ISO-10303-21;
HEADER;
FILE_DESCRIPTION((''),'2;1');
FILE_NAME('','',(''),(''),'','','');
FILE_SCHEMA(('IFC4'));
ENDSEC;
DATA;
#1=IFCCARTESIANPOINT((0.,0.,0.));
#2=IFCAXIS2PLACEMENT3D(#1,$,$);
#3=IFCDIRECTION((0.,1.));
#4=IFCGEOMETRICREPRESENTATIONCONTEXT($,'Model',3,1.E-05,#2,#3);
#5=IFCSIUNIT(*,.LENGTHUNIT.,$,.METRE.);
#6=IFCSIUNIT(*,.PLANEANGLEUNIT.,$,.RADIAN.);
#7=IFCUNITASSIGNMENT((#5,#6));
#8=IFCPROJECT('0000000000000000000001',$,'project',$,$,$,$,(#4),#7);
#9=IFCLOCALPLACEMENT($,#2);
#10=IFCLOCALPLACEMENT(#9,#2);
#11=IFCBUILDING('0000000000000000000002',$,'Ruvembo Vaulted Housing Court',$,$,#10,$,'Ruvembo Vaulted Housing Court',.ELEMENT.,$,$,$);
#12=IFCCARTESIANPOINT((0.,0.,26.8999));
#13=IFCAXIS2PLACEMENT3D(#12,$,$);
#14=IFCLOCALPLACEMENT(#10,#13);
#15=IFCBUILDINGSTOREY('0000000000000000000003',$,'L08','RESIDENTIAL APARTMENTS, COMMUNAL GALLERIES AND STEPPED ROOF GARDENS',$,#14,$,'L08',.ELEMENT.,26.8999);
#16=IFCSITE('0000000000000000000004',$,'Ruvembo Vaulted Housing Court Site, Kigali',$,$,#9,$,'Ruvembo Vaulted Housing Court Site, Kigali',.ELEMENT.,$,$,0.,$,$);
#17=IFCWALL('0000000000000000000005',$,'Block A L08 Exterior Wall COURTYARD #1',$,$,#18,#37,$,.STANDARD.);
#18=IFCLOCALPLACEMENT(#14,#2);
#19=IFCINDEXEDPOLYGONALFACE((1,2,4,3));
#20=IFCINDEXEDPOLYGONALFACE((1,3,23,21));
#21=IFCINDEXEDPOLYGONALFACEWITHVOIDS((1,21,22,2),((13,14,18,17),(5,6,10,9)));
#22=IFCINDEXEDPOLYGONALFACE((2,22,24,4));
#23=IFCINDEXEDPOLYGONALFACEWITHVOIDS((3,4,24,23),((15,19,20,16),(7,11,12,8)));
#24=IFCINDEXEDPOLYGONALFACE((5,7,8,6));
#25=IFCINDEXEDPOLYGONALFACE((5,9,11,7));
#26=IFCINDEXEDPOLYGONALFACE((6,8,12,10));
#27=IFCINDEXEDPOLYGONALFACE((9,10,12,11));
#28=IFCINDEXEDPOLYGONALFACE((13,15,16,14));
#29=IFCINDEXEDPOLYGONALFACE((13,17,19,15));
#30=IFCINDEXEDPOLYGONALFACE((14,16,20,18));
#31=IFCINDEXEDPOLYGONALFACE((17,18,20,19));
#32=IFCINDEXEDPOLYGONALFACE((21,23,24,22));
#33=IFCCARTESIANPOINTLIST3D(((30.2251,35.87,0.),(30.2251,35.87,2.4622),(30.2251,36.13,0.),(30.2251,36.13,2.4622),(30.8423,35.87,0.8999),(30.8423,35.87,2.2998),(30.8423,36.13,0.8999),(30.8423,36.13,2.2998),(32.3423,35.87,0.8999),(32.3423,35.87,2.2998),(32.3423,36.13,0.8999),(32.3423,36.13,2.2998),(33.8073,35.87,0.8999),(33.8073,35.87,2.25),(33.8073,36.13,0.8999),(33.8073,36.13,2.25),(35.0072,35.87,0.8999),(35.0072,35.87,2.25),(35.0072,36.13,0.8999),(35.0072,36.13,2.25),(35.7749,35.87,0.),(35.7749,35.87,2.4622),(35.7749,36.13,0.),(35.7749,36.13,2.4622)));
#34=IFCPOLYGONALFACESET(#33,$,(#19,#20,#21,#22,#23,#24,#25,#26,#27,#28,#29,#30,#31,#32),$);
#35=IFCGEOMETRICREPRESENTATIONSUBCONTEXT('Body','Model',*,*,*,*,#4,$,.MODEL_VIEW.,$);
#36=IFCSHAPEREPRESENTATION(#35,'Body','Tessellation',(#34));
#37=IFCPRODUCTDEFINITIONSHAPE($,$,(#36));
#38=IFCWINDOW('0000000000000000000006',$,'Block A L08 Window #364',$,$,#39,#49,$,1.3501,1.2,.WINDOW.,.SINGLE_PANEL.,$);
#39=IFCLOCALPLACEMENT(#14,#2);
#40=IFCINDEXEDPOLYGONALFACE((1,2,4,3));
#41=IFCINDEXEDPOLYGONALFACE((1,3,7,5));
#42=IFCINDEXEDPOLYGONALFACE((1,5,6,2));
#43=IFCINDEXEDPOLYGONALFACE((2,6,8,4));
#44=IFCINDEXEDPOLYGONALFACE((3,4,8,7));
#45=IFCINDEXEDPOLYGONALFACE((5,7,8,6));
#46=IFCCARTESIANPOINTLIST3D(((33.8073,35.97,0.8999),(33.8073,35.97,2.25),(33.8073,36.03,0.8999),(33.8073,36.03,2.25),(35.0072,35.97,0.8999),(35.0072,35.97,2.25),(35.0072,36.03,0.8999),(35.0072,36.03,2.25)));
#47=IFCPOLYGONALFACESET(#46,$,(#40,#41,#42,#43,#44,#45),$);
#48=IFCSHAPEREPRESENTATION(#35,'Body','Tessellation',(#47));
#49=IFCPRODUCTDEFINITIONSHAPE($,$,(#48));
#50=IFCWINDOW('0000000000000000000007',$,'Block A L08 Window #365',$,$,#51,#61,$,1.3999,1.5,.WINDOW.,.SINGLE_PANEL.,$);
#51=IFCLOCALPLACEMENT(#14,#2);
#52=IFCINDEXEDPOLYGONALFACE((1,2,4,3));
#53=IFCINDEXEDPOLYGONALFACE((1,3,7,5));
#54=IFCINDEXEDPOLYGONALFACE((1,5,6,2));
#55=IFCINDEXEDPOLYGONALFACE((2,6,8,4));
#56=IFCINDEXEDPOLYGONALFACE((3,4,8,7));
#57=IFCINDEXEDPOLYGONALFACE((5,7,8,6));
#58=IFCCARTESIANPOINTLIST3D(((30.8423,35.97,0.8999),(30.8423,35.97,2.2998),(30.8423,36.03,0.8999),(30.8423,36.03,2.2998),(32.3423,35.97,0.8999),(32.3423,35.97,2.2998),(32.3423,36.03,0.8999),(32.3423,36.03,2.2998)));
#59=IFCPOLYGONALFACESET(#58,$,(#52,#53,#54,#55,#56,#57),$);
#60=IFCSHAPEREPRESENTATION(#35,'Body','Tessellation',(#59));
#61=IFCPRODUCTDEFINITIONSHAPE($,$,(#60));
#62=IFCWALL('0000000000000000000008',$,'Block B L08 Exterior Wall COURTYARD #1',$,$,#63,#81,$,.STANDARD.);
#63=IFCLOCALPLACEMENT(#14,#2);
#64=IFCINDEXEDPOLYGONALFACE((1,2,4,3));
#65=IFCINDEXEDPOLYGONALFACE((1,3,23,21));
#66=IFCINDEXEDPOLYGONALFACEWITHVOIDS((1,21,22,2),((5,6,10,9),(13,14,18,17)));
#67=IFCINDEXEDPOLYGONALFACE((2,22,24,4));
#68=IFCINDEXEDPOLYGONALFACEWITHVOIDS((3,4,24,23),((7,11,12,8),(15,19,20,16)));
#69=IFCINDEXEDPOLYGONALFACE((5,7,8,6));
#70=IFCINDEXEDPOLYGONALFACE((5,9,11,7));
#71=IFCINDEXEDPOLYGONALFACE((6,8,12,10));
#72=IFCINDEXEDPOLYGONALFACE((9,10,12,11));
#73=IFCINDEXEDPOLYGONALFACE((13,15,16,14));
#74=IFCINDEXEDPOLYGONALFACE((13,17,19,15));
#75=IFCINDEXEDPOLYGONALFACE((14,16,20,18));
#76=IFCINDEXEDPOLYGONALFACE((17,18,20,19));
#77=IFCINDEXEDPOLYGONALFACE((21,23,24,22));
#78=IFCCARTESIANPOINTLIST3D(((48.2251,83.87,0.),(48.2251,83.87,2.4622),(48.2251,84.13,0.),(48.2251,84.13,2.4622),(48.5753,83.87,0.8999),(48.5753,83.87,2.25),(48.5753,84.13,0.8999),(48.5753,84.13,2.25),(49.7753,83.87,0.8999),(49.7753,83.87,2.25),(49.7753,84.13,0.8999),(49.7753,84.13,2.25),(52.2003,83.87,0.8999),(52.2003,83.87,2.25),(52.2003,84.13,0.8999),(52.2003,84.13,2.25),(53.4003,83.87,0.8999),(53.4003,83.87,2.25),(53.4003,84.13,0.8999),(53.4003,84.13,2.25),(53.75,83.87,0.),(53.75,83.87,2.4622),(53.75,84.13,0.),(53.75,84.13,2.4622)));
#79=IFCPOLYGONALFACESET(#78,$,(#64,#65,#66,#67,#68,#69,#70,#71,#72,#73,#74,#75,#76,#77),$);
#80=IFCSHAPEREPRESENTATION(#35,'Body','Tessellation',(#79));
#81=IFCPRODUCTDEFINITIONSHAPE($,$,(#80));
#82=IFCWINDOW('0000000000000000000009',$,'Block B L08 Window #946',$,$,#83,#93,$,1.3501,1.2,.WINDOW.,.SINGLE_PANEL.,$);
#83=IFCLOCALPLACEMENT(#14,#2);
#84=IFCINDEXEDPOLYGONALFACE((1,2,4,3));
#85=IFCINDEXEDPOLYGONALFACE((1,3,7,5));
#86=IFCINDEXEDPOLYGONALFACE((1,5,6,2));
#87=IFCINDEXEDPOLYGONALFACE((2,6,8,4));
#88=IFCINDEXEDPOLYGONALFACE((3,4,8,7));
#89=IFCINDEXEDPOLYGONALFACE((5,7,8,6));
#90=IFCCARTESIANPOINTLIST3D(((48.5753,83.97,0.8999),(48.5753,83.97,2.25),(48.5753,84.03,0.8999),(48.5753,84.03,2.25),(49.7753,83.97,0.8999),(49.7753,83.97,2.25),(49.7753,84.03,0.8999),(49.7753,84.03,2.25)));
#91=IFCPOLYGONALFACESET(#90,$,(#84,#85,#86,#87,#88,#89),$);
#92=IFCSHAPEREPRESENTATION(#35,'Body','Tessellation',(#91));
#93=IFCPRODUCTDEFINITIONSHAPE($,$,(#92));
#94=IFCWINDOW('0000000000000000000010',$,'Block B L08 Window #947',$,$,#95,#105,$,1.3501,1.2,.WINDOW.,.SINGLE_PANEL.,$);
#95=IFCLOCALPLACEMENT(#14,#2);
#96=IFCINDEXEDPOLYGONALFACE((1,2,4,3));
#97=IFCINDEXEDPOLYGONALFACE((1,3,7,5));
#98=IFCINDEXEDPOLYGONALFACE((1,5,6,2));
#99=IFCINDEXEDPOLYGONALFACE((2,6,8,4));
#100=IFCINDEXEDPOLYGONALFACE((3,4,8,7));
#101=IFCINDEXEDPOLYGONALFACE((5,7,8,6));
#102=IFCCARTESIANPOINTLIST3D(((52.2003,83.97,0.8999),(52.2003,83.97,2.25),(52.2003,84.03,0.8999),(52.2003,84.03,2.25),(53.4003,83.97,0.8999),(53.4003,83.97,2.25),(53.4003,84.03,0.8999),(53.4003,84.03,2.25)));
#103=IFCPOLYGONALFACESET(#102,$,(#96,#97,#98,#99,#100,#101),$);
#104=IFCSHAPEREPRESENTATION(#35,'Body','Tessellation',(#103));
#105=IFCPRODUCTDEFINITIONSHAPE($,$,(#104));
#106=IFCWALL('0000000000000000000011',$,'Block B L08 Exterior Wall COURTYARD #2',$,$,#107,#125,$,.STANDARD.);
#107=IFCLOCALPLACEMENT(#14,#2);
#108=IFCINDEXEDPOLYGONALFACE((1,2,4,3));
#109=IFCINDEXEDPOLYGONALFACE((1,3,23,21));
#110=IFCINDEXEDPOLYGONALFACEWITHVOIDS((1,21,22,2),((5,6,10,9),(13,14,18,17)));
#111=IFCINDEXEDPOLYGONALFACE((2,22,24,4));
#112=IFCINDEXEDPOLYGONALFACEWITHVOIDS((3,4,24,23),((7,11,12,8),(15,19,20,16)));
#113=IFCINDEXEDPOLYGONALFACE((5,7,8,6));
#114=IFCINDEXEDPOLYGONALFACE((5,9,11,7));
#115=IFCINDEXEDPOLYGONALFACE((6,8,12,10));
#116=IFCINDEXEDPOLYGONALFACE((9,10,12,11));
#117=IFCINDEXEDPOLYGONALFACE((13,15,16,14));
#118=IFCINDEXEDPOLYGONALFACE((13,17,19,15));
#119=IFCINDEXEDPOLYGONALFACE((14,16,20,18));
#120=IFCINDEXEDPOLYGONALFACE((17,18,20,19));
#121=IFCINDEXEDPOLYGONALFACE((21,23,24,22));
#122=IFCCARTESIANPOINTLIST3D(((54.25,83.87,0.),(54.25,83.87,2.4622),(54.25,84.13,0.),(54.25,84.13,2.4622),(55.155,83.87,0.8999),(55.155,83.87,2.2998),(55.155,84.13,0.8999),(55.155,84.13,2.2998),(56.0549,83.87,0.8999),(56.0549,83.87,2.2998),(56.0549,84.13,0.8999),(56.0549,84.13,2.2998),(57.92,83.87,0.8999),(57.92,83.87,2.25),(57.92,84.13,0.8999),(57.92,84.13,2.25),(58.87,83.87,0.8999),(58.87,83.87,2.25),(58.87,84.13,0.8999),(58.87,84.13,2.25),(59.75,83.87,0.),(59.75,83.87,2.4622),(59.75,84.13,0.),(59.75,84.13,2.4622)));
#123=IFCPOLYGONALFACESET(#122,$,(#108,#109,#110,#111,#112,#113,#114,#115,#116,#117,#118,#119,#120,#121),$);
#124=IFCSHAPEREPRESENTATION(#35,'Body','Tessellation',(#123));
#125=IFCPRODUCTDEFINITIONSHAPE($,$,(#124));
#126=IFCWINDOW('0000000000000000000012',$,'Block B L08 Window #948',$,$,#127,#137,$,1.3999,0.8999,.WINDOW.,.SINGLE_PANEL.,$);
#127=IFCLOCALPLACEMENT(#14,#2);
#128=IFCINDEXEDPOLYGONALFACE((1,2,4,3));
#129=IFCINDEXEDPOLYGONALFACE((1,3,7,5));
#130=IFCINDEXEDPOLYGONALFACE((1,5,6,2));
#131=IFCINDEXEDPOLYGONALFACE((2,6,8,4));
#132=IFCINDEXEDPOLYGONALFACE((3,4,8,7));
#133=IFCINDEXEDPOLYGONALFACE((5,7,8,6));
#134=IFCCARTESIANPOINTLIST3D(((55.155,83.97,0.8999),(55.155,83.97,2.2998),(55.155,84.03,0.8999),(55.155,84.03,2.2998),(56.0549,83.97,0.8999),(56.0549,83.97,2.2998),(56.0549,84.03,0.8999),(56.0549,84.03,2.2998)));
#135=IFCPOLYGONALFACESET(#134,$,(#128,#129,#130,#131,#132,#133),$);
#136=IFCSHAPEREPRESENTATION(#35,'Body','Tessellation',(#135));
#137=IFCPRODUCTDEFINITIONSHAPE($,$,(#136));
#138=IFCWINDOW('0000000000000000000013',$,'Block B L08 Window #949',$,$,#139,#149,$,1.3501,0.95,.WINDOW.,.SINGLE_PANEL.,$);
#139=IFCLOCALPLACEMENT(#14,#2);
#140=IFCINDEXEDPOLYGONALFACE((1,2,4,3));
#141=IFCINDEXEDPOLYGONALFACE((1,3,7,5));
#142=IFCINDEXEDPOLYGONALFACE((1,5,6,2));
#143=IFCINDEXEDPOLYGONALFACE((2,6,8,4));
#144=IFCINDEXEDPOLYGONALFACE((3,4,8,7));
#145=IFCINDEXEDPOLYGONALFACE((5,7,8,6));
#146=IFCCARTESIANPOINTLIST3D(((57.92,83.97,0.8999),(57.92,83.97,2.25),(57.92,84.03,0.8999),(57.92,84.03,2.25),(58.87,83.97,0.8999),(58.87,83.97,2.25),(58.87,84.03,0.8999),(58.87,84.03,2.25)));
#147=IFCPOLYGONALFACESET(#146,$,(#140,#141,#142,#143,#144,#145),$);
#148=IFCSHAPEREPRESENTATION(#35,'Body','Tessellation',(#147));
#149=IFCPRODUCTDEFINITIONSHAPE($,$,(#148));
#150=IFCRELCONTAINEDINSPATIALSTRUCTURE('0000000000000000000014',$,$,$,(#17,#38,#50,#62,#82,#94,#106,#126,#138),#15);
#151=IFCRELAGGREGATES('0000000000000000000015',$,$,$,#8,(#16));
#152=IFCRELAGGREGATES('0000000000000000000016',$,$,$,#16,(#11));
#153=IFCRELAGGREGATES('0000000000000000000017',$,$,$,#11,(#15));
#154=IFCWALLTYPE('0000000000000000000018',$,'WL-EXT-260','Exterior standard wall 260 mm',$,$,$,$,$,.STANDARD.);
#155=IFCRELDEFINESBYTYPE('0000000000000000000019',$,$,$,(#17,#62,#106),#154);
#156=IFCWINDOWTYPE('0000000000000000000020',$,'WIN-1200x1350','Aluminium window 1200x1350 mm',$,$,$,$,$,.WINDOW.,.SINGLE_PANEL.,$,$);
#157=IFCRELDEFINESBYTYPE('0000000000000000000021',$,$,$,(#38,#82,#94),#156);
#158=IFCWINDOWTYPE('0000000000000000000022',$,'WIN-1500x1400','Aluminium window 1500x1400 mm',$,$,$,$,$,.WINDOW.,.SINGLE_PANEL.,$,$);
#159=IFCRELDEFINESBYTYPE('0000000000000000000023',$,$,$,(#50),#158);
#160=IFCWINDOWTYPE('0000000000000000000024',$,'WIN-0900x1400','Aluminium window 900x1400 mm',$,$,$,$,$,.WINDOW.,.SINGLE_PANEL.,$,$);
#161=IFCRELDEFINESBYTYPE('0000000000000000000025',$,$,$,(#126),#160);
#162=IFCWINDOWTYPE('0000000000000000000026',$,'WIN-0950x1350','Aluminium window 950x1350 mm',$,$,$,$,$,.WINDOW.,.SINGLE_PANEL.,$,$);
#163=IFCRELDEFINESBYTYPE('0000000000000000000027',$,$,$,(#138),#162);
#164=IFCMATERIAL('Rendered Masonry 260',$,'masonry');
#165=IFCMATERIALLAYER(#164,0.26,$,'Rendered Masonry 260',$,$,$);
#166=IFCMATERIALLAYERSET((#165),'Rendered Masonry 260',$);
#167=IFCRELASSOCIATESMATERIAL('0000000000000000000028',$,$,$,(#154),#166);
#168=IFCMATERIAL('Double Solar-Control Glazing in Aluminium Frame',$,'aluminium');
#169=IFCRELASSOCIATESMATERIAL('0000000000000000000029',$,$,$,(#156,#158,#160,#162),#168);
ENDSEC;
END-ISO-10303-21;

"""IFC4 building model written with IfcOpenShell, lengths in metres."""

from ifc_helpers import new_model, si_unit, direction, frame, frame_2d, origin, place, context, subcontext, project, spatial, rectangle, extrude, material, layer, layer_set, type_object, element, fill, save


model = new_model("IFC4")

# Units and contexts
model_context = context("Model", 3, precision=1e-05, world=origin(), true_north=direction((0.0, 1.0)))
body_context = subcontext(model_context, "Body", "Model", "MODEL_VIEW")
ifc_project = project(units=[si_unit("LENGTHUNIT", "METRE"), si_unit("PLANEANGLEUNIT", "RADIAN")], contexts=[model_context])

# Site, building, storey
site_placement = place(None, origin())
site = spatial("IfcSite", under=ifc_project, at=site_placement, Name="Ruvembo Vaulted Housing Court Site, Kigali", LongName="Ruvembo Vaulted Housing Court Site, Kigali", CompositionType="ELEMENT", RefElevation=0.0)
building_placement = place(site_placement, origin())
building = spatial("IfcBuilding", under=site, at=building_placement, Name="Ruvembo Vaulted Housing Court", LongName="Ruvembo Vaulted Housing Court", CompositionType="ELEMENT")
storey_placement = place(building_placement, frame((0.0, 0.0, 26.8999)))
storey = spatial("IfcBuildingStorey", under=building, at=storey_placement, Name="L08", Description="RESIDENTIAL APARTMENTS, COMMUNAL GALLERIES AND STEPPED ROOF GARDENS", LongName="L08", CompositionType="ELEMENT", Elevation=26.8999)

# Walls, openings, windows
ifc_material_1 = material(Name="Rendered Masonry 260", Category="masonry")
ifc_layer_1 = layer(ifc_material_1, 0.26, Name="Rendered Masonry 260")
ifc_layer_set_1 = layer_set([ifc_layer_1], Name="Rendered Masonry 260")
wall_type_1 = type_object("IfcWallType", Name="WL-EXT-260", Description="Exterior standard wall 260 mm", PredefinedType="STANDARD", material=ifc_layer_set_1)
wall_1_placement = place(storey_placement, frame((35.7749, 36.0, 0.0), z_axis=(0.0, 0.0, 1.0), x_axis=(-1.0, 0.0, 0.0)))
wall_1 = element("IfcWall", 1, at=wall_1_placement, inside=storey, type_object=wall_type_1, Name="Block A L08 Exterior Wall COURTYARD #1", PredefinedType="STANDARD", context=body_context, shape_type="SweptSolid", body=[
    extrude(rectangle(XDim=5.5498, YDim=0.26, at=frame_2d((2.7749, 0.0))), origin(), (0.0, 0.0, 1.0), 2.4622),
])
opening_1_placement = place(wall_1_placement, frame((0.7676, 0.0, 0.8999)))
opening_1 = element("IfcOpeningElement", 2, at=opening_1_placement, cuts=wall_1, PredefinedType="OPENING", context=body_context, shape_type="SweptSolid", body=[
    extrude(rectangle(XDim=1.2, YDim=1.3501, at=frame_2d((0.6001, 0.675))), frame((0.0, 0.1399, 0.0), z_axis=(0.0, -1.0, 0.0), x_axis=(1.0, 0.0, 0.0)), (0.0, 0.0, 1.0), 0.28),
])
opening_2_placement = place(wall_1_placement, frame((3.4326, 0.0, 0.8999)))
opening_2 = element("IfcOpeningElement", 3, at=opening_2_placement, cuts=wall_1, PredefinedType="OPENING", context=body_context, shape_type="SweptSolid", body=[
    extrude(rectangle(XDim=1.5, YDim=1.3999, at=frame_2d((0.75, 0.7))), frame((0.0, 0.1399, 0.0), z_axis=(0.0, -1.0, 0.0), x_axis=(1.0, 0.0, 0.0)), (0.0, 0.0, 1.0), 0.28),
])
ifc_material_2 = material(Name="Double Solar-Control Glazing in Aluminium Frame", Category="aluminium")
window_type_1 = type_object("IfcWindowType", Name="WIN-1200x1350", Description="Aluminium window 1200x1350 mm", PartitioningType="SINGLE_PANEL", PredefinedType="WINDOW", material=ifc_material_2)
window_1_placement = place(opening_1_placement, origin())
window_1 = element("IfcWindow", 4, at=window_1_placement, inside=storey, type_object=window_type_1, Name="Block A L08 Window #364", OverallHeight=1.3501, OverallWidth=1.2, PartitioningType="SINGLE_PANEL", PredefinedType="WINDOW", context=body_context, shape_type="SweptSolid", body=[
    extrude(rectangle(XDim=1.2, YDim=1.3501, at=frame_2d((0.6001, 0.675))), frame((0.0, 0.03, 0.0), z_axis=(0.0, -1.0, 0.0), x_axis=(1.0, 0.0, 0.0)), (0.0, 0.0, 1.0), 0.0601),
])
fill(opening_1, window_1)
window_type_2 = type_object("IfcWindowType", Name="WIN-1500x1400", Description="Aluminium window 1500x1400 mm", PartitioningType="SINGLE_PANEL", PredefinedType="WINDOW", material=ifc_material_2)
window_2_placement = place(opening_2_placement, origin())
window_2 = element("IfcWindow", 5, at=window_2_placement, inside=storey, type_object=window_type_2, Name="Block A L08 Window #365", OverallHeight=1.3999, OverallWidth=1.5, PartitioningType="SINGLE_PANEL", PredefinedType="WINDOW", context=body_context, shape_type="SweptSolid", body=[
    extrude(rectangle(XDim=1.5, YDim=1.3999, at=frame_2d((0.75, 0.7))), frame((0.0, 0.03, 0.0), z_axis=(0.0, -1.0, 0.0), x_axis=(1.0, 0.0, 0.0)), (0.0, 0.0, 1.0), 0.0601),
])
fill(opening_2, window_2)
wall_2_placement = place(storey_placement, frame((48.2251, 84.0, 0.0), z_axis=(0.0, 0.0, 1.0), x_axis=(1.0, 0.0, 0.0)))
wall_2 = element("IfcWall", 6, at=wall_2_placement, inside=storey, type_object=wall_type_1, Name="Block B L08 Exterior Wall COURTYARD #1", PredefinedType="STANDARD", context=body_context, shape_type="SweptSolid", body=[
    extrude(rectangle(XDim=5.5249, YDim=0.26, at=frame_2d((2.7625, 0.0))), origin(), (0.0, 0.0, 1.0), 2.4622),
])
opening_3_placement = place(wall_2_placement, frame((0.3501, 0.0, 0.8999)))
opening_3 = element("IfcOpeningElement", 7, at=opening_3_placement, cuts=wall_2, PredefinedType="OPENING", context=body_context, shape_type="SweptSolid", body=[
    extrude(rectangle(XDim=1.2, YDim=1.3501, at=frame_2d((0.6001, 0.675))), frame((0.0, 0.1399, 0.0), z_axis=(0.0, -1.0, 0.0), x_axis=(1.0, 0.0, 0.0)), (0.0, 0.0, 1.0), 0.28),
])
opening_4_placement = place(wall_2_placement, frame((3.9751, 0.0, 0.8999)))
opening_4 = element("IfcOpeningElement", 8, at=opening_4_placement, cuts=wall_2, PredefinedType="OPENING", context=body_context, shape_type="SweptSolid", body=[
    extrude(rectangle(XDim=1.2, YDim=1.3501, at=frame_2d((0.6001, 0.675))), frame((0.0, 0.1399, 0.0), z_axis=(0.0, -1.0, 0.0), x_axis=(1.0, 0.0, 0.0)), (0.0, 0.0, 1.0), 0.28),
])
window_3_placement = place(opening_3_placement, origin())
window_3 = element("IfcWindow", 9, at=window_3_placement, inside=storey, type_object=window_type_1, Name="Block B L08 Window #946", OverallHeight=1.3501, OverallWidth=1.2, PartitioningType="SINGLE_PANEL", PredefinedType="WINDOW", context=body_context, shape_type="SweptSolid", body=[
    extrude(rectangle(XDim=1.2, YDim=1.3501, at=frame_2d((0.6001, 0.675))), frame((0.0, 0.03, 0.0), z_axis=(0.0, -1.0, 0.0), x_axis=(1.0, 0.0, 0.0)), (0.0, 0.0, 1.0), 0.0601),
])
fill(opening_3, window_3)
window_4_placement = place(opening_4_placement, origin())
window_4 = element("IfcWindow", 10, at=window_4_placement, inside=storey, type_object=window_type_1, Name="Block B L08 Window #947", OverallHeight=1.3501, OverallWidth=1.2, PartitioningType="SINGLE_PANEL", PredefinedType="WINDOW", context=body_context, shape_type="SweptSolid", body=[
    extrude(rectangle(XDim=1.2, YDim=1.3501, at=frame_2d((0.6001, 0.675))), frame((0.0, 0.03, 0.0), z_axis=(0.0, -1.0, 0.0), x_axis=(1.0, 0.0, 0.0)), (0.0, 0.0, 1.0), 0.0601),
])
fill(opening_4, window_4)
wall_3_placement = place(storey_placement, frame((54.25, 84.0, 0.0), z_axis=(0.0, 0.0, 1.0), x_axis=(1.0, 0.0, 0.0)))
wall_3 = element("IfcWall", 11, at=wall_3_placement, inside=storey, type_object=wall_type_1, Name="Block B L08 Exterior Wall COURTYARD #2", PredefinedType="STANDARD", context=body_context, shape_type="SweptSolid", body=[
    extrude(rectangle(XDim=5.5, YDim=0.26, at=frame_2d((2.75, 0.0))), origin(), (0.0, 0.0, 1.0), 2.4622),
])
opening_5_placement = place(wall_3_placement, frame((0.905, 0.0, 0.8999)))
opening_5 = element("IfcOpeningElement", 12, at=opening_5_placement, cuts=wall_3, PredefinedType="OPENING", context=body_context, shape_type="SweptSolid", body=[
    extrude(rectangle(XDim=0.8999, YDim=1.3999, at=frame_2d((0.45, 0.7))), frame((0.0, 0.1399, 0.0), z_axis=(0.0, -1.0, 0.0), x_axis=(1.0, 0.0, 0.0)), (0.0, 0.0, 1.0), 0.28),
])
opening_6_placement = place(wall_3_placement, frame((3.6699, 0.0, 0.8999)))
opening_6 = element("IfcOpeningElement", 13, at=opening_6_placement, cuts=wall_3, PredefinedType="OPENING", context=body_context, shape_type="SweptSolid", body=[
    extrude(rectangle(XDim=0.95, YDim=1.3501, at=frame_2d((0.4751, 0.675))), frame((0.0, 0.1399, 0.0), z_axis=(0.0, -1.0, 0.0), x_axis=(1.0, 0.0, 0.0)), (0.0, 0.0, 1.0), 0.28),
])
window_type_3 = type_object("IfcWindowType", Name="WIN-0900x1400", Description="Aluminium window 900x1400 mm", PartitioningType="SINGLE_PANEL", PredefinedType="WINDOW", material=ifc_material_2)
window_5_placement = place(opening_5_placement, origin())
window_5 = element("IfcWindow", 14, at=window_5_placement, inside=storey, type_object=window_type_3, Name="Block B L08 Window #948", OverallHeight=1.3999, OverallWidth=0.8999, PartitioningType="SINGLE_PANEL", PredefinedType="WINDOW", context=body_context, shape_type="SweptSolid", body=[
    extrude(rectangle(XDim=0.8999, YDim=1.3999, at=frame_2d((0.45, 0.7))), frame((0.0, 0.03, 0.0), z_axis=(0.0, -1.0, 0.0), x_axis=(1.0, 0.0, 0.0)), (0.0, 0.0, 1.0), 0.0601),
])
fill(opening_5, window_5)
window_type_4 = type_object("IfcWindowType", Name="WIN-0950x1350", Description="Aluminium window 950x1350 mm", PartitioningType="SINGLE_PANEL", PredefinedType="WINDOW", material=ifc_material_2)
window_6_placement = place(opening_6_placement, origin())
window_6 = element("IfcWindow", 15, at=window_6_placement, inside=storey, type_object=window_type_4, Name="Block B L08 Window #949", OverallHeight=1.3501, OverallWidth=0.95, PartitioningType="SINGLE_PANEL", PredefinedType="WINDOW", context=body_context, shape_type="SweptSolid", body=[
    extrude(rectangle(XDim=0.95, YDim=1.3501, at=frame_2d((0.4751, 0.675))), frame((0.0, 0.03, 0.0), z_axis=(0.0, -1.0, 0.0), x_axis=(1.0, 0.0, 0.0)), (0.0, 0.0, 1.0), 0.0601),
])
fill(opening_6, window_6)

save(model, "model.ifc")
